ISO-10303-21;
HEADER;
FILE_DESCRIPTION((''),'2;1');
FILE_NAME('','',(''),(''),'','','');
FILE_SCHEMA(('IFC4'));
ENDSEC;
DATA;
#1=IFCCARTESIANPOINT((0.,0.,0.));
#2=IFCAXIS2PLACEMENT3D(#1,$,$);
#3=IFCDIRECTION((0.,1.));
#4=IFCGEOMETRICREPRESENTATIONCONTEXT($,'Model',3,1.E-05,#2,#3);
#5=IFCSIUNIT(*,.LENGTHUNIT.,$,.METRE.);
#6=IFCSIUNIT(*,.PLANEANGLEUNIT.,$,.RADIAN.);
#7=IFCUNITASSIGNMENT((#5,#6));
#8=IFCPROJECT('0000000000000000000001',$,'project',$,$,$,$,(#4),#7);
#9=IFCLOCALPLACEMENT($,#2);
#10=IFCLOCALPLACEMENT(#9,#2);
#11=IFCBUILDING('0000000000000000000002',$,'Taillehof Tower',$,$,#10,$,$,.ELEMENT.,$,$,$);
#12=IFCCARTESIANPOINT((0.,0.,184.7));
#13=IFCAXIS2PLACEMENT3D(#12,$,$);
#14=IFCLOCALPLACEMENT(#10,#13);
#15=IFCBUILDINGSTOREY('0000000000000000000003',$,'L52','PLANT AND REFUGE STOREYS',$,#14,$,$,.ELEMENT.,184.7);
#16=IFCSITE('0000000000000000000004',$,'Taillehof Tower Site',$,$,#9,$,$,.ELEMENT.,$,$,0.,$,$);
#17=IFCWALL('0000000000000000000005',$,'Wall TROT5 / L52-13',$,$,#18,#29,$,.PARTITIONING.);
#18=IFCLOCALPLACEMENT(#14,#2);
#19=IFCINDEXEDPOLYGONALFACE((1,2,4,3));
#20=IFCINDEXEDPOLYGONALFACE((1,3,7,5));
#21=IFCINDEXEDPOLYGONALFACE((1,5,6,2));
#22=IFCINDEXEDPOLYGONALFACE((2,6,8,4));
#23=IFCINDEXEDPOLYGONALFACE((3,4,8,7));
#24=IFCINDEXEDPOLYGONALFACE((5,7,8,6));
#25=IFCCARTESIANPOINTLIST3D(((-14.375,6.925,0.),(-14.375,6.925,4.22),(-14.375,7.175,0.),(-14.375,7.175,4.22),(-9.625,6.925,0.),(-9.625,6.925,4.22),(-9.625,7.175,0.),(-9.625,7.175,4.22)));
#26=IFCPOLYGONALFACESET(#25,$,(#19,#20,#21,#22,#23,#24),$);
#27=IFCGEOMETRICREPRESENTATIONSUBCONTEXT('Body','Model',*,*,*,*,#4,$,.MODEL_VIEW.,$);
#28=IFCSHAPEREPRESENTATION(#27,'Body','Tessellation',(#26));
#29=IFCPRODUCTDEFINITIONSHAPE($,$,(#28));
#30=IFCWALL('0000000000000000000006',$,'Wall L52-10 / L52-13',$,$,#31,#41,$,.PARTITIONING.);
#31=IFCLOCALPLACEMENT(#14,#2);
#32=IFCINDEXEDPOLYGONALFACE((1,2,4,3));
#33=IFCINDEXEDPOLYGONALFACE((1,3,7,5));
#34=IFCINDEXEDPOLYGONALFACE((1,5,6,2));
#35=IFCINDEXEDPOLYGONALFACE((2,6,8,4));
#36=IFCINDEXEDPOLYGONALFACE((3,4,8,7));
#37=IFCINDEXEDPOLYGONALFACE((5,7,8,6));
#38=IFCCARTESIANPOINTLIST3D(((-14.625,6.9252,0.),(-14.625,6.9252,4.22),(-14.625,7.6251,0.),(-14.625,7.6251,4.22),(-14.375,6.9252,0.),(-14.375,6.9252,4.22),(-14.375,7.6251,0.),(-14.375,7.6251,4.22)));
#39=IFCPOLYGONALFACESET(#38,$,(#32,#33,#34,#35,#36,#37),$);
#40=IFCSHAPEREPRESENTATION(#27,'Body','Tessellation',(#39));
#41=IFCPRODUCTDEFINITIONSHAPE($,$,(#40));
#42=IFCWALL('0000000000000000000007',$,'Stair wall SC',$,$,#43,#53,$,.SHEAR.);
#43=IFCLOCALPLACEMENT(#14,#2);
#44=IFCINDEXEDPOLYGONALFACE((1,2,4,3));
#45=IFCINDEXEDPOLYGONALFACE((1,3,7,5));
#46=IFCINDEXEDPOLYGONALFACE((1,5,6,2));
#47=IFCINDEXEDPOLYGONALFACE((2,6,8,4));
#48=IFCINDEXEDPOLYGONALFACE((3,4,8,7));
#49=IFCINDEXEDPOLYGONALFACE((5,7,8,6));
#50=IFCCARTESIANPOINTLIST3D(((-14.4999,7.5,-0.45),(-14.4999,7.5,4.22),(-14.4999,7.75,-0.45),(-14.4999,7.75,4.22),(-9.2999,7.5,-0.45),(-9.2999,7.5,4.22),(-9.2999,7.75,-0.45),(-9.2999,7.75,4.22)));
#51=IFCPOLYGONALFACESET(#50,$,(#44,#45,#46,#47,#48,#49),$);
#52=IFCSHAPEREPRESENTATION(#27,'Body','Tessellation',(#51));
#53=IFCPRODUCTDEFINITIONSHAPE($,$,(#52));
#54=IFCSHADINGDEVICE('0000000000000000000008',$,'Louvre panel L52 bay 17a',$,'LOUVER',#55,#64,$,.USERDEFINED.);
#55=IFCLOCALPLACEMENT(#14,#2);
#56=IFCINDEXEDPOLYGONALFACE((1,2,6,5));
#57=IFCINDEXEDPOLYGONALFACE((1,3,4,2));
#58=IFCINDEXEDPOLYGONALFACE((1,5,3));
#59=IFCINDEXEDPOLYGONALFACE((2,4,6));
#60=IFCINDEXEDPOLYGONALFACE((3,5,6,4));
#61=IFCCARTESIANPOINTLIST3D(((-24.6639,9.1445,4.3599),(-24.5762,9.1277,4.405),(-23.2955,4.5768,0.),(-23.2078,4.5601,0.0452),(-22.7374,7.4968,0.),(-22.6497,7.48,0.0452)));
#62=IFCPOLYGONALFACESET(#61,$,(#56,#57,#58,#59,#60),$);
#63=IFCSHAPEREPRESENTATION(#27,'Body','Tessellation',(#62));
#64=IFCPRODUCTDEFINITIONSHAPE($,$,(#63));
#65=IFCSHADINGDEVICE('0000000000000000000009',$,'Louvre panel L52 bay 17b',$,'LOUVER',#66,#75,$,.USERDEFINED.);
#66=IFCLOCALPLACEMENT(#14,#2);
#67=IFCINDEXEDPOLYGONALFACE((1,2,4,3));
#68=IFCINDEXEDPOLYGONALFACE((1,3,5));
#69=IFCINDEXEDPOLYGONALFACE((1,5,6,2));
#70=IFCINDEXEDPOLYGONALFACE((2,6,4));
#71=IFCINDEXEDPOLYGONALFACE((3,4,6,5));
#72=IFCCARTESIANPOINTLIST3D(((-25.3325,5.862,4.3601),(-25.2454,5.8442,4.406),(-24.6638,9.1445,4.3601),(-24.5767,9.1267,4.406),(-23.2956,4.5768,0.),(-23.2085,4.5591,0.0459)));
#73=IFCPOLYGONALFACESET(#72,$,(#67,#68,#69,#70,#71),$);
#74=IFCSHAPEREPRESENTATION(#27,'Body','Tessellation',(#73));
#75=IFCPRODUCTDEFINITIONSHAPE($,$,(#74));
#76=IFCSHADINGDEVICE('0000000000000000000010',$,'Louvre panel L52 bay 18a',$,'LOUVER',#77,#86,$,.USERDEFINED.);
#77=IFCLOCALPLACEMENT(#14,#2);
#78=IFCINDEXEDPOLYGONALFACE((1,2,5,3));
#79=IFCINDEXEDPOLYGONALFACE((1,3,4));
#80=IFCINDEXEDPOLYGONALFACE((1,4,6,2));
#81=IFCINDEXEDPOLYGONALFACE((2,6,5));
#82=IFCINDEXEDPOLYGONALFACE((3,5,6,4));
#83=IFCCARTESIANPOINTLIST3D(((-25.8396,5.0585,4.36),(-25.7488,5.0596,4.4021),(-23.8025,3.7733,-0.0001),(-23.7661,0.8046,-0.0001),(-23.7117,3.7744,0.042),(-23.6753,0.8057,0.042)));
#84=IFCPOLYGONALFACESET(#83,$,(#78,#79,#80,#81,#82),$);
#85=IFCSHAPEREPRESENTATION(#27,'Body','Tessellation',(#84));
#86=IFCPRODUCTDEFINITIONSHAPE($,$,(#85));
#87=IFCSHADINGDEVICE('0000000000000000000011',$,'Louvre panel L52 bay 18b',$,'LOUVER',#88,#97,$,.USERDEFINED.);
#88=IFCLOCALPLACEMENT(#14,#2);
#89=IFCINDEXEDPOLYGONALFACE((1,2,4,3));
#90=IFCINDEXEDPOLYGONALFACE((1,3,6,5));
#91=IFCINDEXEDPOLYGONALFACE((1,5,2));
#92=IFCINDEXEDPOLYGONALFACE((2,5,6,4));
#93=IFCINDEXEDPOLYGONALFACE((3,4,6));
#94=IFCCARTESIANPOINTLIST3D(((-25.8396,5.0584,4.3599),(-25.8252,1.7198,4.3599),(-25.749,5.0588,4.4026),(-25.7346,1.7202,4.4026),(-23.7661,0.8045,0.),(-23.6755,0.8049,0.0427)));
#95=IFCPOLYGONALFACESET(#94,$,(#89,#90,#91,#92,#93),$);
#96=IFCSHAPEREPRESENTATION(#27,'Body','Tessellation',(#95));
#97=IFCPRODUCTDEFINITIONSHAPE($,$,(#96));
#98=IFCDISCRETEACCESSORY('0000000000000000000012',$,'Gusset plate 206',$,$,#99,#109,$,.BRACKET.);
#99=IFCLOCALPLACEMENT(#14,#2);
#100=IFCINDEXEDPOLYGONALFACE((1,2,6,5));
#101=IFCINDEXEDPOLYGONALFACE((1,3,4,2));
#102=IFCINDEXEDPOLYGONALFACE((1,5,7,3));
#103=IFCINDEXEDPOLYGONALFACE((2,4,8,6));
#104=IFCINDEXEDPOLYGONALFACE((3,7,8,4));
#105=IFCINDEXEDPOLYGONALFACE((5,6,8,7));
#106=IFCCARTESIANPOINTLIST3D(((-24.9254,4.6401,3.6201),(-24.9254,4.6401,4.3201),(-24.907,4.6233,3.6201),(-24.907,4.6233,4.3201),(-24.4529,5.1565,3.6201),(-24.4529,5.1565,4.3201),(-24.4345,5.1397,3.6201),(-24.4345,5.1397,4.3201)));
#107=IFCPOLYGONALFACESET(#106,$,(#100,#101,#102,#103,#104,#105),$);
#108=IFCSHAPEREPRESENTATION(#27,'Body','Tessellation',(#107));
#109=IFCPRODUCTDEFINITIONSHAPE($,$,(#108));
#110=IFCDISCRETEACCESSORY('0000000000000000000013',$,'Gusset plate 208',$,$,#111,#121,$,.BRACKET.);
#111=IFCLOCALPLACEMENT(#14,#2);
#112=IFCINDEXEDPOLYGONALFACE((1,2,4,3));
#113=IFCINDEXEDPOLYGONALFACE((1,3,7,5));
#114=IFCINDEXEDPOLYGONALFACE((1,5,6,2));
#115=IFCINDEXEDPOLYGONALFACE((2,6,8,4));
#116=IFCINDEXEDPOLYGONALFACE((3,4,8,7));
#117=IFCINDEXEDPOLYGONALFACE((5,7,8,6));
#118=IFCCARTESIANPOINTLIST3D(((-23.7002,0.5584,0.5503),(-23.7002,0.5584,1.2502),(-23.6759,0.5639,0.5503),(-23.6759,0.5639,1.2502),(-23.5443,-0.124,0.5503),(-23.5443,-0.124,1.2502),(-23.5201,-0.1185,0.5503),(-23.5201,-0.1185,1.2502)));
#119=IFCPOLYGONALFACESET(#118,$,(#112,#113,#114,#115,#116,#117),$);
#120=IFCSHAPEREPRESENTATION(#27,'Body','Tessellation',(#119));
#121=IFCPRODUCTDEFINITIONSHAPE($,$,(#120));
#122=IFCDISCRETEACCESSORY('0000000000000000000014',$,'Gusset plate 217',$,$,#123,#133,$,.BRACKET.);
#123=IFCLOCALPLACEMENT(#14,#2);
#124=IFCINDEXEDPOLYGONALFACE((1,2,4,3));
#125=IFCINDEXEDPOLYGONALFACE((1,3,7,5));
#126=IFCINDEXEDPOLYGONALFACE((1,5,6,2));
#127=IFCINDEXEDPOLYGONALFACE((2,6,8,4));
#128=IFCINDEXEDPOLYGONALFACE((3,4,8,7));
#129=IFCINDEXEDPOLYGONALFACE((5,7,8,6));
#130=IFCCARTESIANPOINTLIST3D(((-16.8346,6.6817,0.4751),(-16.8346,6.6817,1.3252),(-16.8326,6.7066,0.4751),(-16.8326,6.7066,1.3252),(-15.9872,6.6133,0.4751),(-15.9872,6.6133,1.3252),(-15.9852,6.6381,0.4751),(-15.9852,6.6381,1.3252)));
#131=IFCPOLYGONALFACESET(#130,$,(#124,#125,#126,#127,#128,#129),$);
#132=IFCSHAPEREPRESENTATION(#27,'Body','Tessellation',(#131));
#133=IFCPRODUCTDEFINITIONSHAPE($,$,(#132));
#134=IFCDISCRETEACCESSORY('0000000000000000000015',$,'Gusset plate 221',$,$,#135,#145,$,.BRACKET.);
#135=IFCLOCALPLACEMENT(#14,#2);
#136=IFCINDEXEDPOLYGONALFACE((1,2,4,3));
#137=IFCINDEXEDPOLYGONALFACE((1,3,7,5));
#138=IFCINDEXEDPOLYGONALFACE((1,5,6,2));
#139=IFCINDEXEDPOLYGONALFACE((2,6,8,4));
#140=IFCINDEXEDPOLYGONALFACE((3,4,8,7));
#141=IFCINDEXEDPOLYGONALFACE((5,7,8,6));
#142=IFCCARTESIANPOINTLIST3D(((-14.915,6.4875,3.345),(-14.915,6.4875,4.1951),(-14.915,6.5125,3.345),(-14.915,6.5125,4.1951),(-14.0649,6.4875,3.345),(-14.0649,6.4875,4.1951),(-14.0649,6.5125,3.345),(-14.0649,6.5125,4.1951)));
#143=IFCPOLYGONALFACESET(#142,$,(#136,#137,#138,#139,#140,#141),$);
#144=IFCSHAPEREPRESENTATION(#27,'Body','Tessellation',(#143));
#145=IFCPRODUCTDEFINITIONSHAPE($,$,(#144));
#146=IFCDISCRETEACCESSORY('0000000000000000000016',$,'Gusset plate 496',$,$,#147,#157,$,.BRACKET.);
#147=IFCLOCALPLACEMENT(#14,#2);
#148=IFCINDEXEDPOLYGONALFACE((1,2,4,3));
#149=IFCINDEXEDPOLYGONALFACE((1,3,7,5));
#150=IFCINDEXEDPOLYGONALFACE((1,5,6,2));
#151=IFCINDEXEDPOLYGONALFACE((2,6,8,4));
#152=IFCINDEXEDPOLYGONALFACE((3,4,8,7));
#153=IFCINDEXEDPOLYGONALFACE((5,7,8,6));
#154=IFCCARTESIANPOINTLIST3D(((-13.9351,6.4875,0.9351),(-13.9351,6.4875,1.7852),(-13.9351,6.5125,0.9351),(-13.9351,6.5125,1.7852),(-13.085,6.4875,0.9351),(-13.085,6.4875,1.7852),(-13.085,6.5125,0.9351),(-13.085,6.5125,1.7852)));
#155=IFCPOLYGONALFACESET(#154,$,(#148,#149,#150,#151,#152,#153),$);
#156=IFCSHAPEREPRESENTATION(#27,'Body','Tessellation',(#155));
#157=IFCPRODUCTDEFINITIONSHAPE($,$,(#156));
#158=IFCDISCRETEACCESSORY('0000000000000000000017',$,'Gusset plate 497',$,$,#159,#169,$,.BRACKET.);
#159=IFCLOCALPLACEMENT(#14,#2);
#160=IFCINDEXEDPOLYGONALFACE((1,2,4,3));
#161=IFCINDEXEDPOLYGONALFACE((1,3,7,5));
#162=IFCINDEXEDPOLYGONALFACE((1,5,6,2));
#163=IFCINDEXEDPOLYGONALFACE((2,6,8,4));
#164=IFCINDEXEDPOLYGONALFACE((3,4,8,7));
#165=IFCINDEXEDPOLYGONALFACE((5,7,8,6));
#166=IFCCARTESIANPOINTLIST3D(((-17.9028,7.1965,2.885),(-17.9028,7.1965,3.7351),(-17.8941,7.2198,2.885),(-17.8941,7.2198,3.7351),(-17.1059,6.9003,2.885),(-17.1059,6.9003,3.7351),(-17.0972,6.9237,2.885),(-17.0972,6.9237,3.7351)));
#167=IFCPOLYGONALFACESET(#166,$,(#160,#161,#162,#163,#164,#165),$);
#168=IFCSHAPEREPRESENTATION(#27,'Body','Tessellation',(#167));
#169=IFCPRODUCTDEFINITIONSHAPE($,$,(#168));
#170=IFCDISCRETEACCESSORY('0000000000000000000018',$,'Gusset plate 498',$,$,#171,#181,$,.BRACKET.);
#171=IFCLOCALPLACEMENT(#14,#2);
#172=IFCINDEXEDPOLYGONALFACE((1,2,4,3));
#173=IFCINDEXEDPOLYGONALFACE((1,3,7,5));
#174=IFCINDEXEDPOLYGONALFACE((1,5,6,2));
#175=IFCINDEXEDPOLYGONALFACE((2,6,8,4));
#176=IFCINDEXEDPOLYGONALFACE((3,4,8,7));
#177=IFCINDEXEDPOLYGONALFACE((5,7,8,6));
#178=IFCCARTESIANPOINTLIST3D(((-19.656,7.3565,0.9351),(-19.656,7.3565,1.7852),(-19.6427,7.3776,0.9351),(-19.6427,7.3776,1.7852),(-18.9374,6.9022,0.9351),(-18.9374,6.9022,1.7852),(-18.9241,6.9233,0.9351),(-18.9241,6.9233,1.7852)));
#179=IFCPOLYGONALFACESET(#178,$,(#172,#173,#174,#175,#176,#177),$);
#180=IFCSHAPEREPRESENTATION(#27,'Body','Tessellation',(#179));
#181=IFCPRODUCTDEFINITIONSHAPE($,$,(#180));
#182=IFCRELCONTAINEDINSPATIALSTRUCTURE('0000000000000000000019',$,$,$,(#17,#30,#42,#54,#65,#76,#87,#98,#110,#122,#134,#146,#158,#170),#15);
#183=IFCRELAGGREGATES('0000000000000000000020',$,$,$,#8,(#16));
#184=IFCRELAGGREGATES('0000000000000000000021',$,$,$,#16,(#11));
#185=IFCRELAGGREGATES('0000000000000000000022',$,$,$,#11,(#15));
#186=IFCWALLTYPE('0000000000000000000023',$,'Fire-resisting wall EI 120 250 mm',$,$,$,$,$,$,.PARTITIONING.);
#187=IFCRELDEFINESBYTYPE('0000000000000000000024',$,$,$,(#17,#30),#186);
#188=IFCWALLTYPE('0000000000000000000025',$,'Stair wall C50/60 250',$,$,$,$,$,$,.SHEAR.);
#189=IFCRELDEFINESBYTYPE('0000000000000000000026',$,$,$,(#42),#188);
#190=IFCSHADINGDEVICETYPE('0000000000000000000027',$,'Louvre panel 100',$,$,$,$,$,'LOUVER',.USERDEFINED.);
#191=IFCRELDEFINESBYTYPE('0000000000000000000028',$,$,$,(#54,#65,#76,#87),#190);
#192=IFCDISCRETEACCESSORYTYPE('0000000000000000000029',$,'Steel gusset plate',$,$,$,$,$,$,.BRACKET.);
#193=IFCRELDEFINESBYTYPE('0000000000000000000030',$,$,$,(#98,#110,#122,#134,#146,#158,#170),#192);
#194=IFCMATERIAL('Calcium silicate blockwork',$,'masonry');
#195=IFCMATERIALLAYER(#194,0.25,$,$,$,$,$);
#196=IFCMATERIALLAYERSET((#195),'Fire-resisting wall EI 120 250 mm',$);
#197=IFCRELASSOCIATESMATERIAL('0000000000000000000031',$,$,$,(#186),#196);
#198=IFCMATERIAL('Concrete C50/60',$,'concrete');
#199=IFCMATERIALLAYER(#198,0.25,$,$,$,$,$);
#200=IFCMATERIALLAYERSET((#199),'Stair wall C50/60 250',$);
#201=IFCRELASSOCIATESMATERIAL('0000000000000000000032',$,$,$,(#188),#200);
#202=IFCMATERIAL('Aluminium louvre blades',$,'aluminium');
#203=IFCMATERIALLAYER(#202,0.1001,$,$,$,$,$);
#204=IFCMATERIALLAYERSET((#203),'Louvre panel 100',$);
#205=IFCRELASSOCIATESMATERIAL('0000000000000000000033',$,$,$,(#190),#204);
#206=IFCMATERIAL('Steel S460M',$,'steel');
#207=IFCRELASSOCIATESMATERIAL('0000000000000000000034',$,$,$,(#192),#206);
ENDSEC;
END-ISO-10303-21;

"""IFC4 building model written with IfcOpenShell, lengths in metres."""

from ifc_helpers import new_model, si_unit, direction, frame, frame_2d, origin, origin_2d, place, context, subcontext, project, spatial, polyline, rectangle, outline, extrude, material, layer, layer_set, type_object, element, save


model = new_model("IFC4")

# Units and contexts
model_context = context("Model", 3, precision=1e-05, world=origin(), true_north=direction((0.0, 1.0)))
body_context = subcontext(model_context, "Body", "Model", "MODEL_VIEW")
ifc_project = project(units=[si_unit("LENGTHUNIT", "METRE"), si_unit("PLANEANGLEUNIT", "RADIAN")], contexts=[model_context])

# Site, building, storey
site_placement = place(None, origin())
site = spatial("IfcSite", under=ifc_project, at=site_placement, Name="Taillehof Tower Site", CompositionType="ELEMENT", RefElevation=0.0)
building_placement = place(site_placement, origin())
building = spatial("IfcBuilding", under=site, at=building_placement, Name="Taillehof Tower", CompositionType="ELEMENT")
storey_placement = place(building_placement, frame((0.0, 0.0, 184.7)))
storey = spatial("IfcBuildingStorey", under=building, at=storey_placement, Name="L52", Description="PLANT AND REFUGE STOREYS", CompositionType="ELEMENT", Elevation=184.7)

# Walls
ifc_material_1 = material(Name="Calcium silicate blockwork", Category="masonry")
ifc_layer_1 = layer(ifc_material_1, 0.25)
ifc_layer_set_1 = layer_set([ifc_layer_1], Name="Fire-resisting wall EI 120 250 mm")
wall_type_1 = type_object("IfcWallType", Name="Fire-resisting wall EI 120 250 mm", PredefinedType="PARTITIONING", material=ifc_layer_set_1)
wall_1_placement = place(storey_placement, frame((-14.375, 7.05, 0.0), z_axis=(0.0, 0.0, 1.0), x_axis=(1.0, 0.0, 0.0)))
element("IfcWall", 1, at=wall_1_placement, inside=storey, type_object=wall_type_1, Name="Wall TROT5 / L52-13", PredefinedType="PARTITIONING", context=body_context, shape_type="SweptSolid", body=[
    extrude(rectangle(XDim=4.75, YDim=0.25, at=frame_2d((2.375, 0.0))), origin(), (0.0, 0.0, 1.0), 4.22),
])
wall_2_placement = place(storey_placement, frame((-14.5, 6.925, 0.0), z_axis=(0.0, 0.0, 1.0), x_axis=(0.0, 1.0, 0.0)))
element("IfcWall", 2, at=wall_2_placement, inside=storey, type_object=wall_type_1, Name="Wall L52-10 / L52-13", PredefinedType="PARTITIONING", context=body_context, shape_type="SweptSolid", body=[
    extrude(rectangle(XDim=0.7, YDim=0.25, at=frame_2d((0.3501, 0.0))), origin(), (0.0, 0.0, 1.0), 4.22),
])
ifc_material_2 = material(Name="Concrete C50/60", Category="concrete")
ifc_layer_2 = layer(ifc_material_2, 0.25)
ifc_layer_set_2 = layer_set([ifc_layer_2], Name="Stair wall C50/60 250")
wall_type_2 = type_object("IfcWallType", Name="Stair wall C50/60 250", PredefinedType="SHEAR", material=ifc_layer_set_2)
wall_3_placement = place(storey_placement, frame((-14.5, 7.625, -0.45), z_axis=(0.0, 0.0, 1.0), x_axis=(1.0, 0.0, 0.0)))
element("IfcWall", 3, at=wall_3_placement, inside=storey, type_object=wall_type_2, Name="Stair wall SC", PredefinedType="SHEAR", context=body_context, shape_type="SweptSolid", body=[
    extrude(rectangle(XDim=5.2, YDim=0.25, at=frame_2d((2.6001, 0.0))), origin(), (0.0, 0.0, 1.0), 4.6699),
])

# Shading devices
ifc_material_3 = material(Name="Aluminium louvre blades", Category="aluminium")
ifc_layer_3 = layer(ifc_material_3, 0.1001)
ifc_layer_set_3 = layer_set([ifc_layer_3], Name="Louvre panel 100")
shading_device_type = type_object("IfcShadingDeviceType", Name="Louvre panel 100", ElementType="LOUVER", PredefinedType="USERDEFINED", material=ifc_layer_set_3)
shading_device_1_placement = place(storey_placement, frame((-22.6497, 7.48, 0.0452), z_axis=(0.876774, -0.167584, 0.450759), x_axis=(-0.187739, -0.982219, 0.0)))
element("IfcShadingDevice", 4, at=shading_device_1_placement, inside=storey, type_object=shading_device_type, Name="Louvre panel L52 bay 17a", ObjectType="LOUVER", PredefinedType="USERDEFINED", context=body_context, shape_type="SweptSolid", body=[
    extrude(outline(polyline([(0.0, 0.0), (2.9728, 0.0), (-1.2567, -4.8842), (0.0, 0.0)])), origin(), (0.0, 0.0, -1.0), 0.1001),
])
shading_device_2_placement = place(storey_placement, frame((-23.2085, 4.5591, 0.0459), z_axis=(0.87057, -0.177352, 0.45897), x_axis=(-0.408922, 0.258008, 0.875337)))
element("IfcShadingDevice", 5, at=shading_device_2_placement, inside=storey, type_object=shading_device_type, Name="Louvre panel L52 bay 17b", ObjectType="LOUVER", PredefinedType="USERDEFINED", context=body_context, shape_type="SweptSolid", body=[
    extrude(outline(polyline([(0.0, 0.0), (4.9811, 0.0), (5.5545, -3.3004), (0.0, 0.0)])), origin(), (0.0, 0.0, -1.0), 0.1001),
])
shading_device_3_placement = place(storey_placement, frame((-23.7117, 3.7744, 0.042), z_axis=(0.907189, 0.011116, 0.420576), x_axis=(0.012252, -0.999925, 0.0)))
element("IfcShadingDevice", 6, at=shading_device_3_placement, inside=storey, type_object=shading_device_type, Name="Louvre panel L52 bay 18a", ObjectType="LOUVER", PredefinedType="USERDEFINED", context=body_context, shape_type="SweptSolid", body=[
    extrude(outline(polyline([(0.0, 0.0), (2.969, 0.0), (-1.31, -4.8058), (0.0, 0.0)])), origin(), (0.0, 0.0, -1.0), 0.1001),
])
shading_device_4_placement = place(storey_placement, frame((-23.6755, 0.8049, 0.0427), z_axis=(0.904537, 0.003903, 0.426377), x_axis=(-0.419558, 0.186498, 0.888364)))
element("IfcShadingDevice", 7, at=shading_device_4_placement, inside=storey, type_object=shading_device_type, Name="Louvre panel L52 bay 18b", ObjectType="LOUVER", PredefinedType="USERDEFINED", context=body_context, shape_type="SweptSolid", body=[
    extrude(outline(polyline([(0.0, 0.0), (4.9077, 0.0), (5.5364, -3.2789), (0.0, 0.0)])), origin(), (0.0, 0.0, -1.0), 0.1001),
])

# Discrete accessories
ifc_material_4 = material(Name="Steel S460M", Category="steel")
discrete_accessory_type = type_object("IfcDiscreteAccessoryType", Name="Steel gusset plate", PredefinedType="BRACKET", material=ifc_material_4)
for number, where, z_axis, x_axis, name in (
    (8, (-24.6799, 4.8899, 3.6201), (0.0, 0.0, 1.0), (-0.674999, -0.737818, 0.0), "Gusset plate 206"),
    (9, (-23.6101, 0.22, 0.5503), (0.0, 0.0, 1.0), (0.222612, -0.974907, 0.0), "Gusset plate 208"),
):
    element("IfcDiscreteAccessory", number, at=place(storey_placement, frame(where, z_axis=z_axis, x_axis=x_axis)), inside=storey, type_object=discrete_accessory_type, Name=name, PredefinedType="BRACKET", context=body_context, shape_type="SweptSolid", body=[
        extrude(rectangle(XDim=0.7, YDim=0.0249, at=origin_2d()), origin(), (0.0, 0.0, 1.0), 0.7),
    ])
for number, where, z_axis, x_axis, name in (
    (10, (-16.4099, 6.6599, 0.4751), (0.0, 0.0, 1.0), (-0.99675, 0.080561, 0.0), "Gusset plate 217"),
    (11, (-14.49, 6.5, 3.345), (0.0, 0.0, 1.0), (-1.0, 0.0, 0.0), "Gusset plate 221"),
    (12, (-13.51, 6.5, 0.9351), (0.0, 0.0, 1.0), (-1.0, 0.0, 0.0), "Gusset plate 496"),
    (13, (-17.5, 7.0601, 2.885), (0.0, 0.0, 1.0), (-0.937364, 0.348351, 0.0), "Gusset plate 497"),
    (14, (-19.29, 7.1399, 0.9351), (0.0, 0.0, 1.0), (-0.845235, 0.534395, 0.0), "Gusset plate 498"),
):
    element("IfcDiscreteAccessory", number, at=place(storey_placement, frame(where, z_axis=z_axis, x_axis=x_axis)), inside=storey, type_object=discrete_accessory_type, Name=name, PredefinedType="BRACKET", context=body_context, shape_type="SweptSolid", body=[
        extrude(rectangle(XDim=0.8501, YDim=0.0249, at=origin_2d()), origin(), (0.0, 0.0, 1.0), 0.8501),
    ])

save(model, "model.ifc")
